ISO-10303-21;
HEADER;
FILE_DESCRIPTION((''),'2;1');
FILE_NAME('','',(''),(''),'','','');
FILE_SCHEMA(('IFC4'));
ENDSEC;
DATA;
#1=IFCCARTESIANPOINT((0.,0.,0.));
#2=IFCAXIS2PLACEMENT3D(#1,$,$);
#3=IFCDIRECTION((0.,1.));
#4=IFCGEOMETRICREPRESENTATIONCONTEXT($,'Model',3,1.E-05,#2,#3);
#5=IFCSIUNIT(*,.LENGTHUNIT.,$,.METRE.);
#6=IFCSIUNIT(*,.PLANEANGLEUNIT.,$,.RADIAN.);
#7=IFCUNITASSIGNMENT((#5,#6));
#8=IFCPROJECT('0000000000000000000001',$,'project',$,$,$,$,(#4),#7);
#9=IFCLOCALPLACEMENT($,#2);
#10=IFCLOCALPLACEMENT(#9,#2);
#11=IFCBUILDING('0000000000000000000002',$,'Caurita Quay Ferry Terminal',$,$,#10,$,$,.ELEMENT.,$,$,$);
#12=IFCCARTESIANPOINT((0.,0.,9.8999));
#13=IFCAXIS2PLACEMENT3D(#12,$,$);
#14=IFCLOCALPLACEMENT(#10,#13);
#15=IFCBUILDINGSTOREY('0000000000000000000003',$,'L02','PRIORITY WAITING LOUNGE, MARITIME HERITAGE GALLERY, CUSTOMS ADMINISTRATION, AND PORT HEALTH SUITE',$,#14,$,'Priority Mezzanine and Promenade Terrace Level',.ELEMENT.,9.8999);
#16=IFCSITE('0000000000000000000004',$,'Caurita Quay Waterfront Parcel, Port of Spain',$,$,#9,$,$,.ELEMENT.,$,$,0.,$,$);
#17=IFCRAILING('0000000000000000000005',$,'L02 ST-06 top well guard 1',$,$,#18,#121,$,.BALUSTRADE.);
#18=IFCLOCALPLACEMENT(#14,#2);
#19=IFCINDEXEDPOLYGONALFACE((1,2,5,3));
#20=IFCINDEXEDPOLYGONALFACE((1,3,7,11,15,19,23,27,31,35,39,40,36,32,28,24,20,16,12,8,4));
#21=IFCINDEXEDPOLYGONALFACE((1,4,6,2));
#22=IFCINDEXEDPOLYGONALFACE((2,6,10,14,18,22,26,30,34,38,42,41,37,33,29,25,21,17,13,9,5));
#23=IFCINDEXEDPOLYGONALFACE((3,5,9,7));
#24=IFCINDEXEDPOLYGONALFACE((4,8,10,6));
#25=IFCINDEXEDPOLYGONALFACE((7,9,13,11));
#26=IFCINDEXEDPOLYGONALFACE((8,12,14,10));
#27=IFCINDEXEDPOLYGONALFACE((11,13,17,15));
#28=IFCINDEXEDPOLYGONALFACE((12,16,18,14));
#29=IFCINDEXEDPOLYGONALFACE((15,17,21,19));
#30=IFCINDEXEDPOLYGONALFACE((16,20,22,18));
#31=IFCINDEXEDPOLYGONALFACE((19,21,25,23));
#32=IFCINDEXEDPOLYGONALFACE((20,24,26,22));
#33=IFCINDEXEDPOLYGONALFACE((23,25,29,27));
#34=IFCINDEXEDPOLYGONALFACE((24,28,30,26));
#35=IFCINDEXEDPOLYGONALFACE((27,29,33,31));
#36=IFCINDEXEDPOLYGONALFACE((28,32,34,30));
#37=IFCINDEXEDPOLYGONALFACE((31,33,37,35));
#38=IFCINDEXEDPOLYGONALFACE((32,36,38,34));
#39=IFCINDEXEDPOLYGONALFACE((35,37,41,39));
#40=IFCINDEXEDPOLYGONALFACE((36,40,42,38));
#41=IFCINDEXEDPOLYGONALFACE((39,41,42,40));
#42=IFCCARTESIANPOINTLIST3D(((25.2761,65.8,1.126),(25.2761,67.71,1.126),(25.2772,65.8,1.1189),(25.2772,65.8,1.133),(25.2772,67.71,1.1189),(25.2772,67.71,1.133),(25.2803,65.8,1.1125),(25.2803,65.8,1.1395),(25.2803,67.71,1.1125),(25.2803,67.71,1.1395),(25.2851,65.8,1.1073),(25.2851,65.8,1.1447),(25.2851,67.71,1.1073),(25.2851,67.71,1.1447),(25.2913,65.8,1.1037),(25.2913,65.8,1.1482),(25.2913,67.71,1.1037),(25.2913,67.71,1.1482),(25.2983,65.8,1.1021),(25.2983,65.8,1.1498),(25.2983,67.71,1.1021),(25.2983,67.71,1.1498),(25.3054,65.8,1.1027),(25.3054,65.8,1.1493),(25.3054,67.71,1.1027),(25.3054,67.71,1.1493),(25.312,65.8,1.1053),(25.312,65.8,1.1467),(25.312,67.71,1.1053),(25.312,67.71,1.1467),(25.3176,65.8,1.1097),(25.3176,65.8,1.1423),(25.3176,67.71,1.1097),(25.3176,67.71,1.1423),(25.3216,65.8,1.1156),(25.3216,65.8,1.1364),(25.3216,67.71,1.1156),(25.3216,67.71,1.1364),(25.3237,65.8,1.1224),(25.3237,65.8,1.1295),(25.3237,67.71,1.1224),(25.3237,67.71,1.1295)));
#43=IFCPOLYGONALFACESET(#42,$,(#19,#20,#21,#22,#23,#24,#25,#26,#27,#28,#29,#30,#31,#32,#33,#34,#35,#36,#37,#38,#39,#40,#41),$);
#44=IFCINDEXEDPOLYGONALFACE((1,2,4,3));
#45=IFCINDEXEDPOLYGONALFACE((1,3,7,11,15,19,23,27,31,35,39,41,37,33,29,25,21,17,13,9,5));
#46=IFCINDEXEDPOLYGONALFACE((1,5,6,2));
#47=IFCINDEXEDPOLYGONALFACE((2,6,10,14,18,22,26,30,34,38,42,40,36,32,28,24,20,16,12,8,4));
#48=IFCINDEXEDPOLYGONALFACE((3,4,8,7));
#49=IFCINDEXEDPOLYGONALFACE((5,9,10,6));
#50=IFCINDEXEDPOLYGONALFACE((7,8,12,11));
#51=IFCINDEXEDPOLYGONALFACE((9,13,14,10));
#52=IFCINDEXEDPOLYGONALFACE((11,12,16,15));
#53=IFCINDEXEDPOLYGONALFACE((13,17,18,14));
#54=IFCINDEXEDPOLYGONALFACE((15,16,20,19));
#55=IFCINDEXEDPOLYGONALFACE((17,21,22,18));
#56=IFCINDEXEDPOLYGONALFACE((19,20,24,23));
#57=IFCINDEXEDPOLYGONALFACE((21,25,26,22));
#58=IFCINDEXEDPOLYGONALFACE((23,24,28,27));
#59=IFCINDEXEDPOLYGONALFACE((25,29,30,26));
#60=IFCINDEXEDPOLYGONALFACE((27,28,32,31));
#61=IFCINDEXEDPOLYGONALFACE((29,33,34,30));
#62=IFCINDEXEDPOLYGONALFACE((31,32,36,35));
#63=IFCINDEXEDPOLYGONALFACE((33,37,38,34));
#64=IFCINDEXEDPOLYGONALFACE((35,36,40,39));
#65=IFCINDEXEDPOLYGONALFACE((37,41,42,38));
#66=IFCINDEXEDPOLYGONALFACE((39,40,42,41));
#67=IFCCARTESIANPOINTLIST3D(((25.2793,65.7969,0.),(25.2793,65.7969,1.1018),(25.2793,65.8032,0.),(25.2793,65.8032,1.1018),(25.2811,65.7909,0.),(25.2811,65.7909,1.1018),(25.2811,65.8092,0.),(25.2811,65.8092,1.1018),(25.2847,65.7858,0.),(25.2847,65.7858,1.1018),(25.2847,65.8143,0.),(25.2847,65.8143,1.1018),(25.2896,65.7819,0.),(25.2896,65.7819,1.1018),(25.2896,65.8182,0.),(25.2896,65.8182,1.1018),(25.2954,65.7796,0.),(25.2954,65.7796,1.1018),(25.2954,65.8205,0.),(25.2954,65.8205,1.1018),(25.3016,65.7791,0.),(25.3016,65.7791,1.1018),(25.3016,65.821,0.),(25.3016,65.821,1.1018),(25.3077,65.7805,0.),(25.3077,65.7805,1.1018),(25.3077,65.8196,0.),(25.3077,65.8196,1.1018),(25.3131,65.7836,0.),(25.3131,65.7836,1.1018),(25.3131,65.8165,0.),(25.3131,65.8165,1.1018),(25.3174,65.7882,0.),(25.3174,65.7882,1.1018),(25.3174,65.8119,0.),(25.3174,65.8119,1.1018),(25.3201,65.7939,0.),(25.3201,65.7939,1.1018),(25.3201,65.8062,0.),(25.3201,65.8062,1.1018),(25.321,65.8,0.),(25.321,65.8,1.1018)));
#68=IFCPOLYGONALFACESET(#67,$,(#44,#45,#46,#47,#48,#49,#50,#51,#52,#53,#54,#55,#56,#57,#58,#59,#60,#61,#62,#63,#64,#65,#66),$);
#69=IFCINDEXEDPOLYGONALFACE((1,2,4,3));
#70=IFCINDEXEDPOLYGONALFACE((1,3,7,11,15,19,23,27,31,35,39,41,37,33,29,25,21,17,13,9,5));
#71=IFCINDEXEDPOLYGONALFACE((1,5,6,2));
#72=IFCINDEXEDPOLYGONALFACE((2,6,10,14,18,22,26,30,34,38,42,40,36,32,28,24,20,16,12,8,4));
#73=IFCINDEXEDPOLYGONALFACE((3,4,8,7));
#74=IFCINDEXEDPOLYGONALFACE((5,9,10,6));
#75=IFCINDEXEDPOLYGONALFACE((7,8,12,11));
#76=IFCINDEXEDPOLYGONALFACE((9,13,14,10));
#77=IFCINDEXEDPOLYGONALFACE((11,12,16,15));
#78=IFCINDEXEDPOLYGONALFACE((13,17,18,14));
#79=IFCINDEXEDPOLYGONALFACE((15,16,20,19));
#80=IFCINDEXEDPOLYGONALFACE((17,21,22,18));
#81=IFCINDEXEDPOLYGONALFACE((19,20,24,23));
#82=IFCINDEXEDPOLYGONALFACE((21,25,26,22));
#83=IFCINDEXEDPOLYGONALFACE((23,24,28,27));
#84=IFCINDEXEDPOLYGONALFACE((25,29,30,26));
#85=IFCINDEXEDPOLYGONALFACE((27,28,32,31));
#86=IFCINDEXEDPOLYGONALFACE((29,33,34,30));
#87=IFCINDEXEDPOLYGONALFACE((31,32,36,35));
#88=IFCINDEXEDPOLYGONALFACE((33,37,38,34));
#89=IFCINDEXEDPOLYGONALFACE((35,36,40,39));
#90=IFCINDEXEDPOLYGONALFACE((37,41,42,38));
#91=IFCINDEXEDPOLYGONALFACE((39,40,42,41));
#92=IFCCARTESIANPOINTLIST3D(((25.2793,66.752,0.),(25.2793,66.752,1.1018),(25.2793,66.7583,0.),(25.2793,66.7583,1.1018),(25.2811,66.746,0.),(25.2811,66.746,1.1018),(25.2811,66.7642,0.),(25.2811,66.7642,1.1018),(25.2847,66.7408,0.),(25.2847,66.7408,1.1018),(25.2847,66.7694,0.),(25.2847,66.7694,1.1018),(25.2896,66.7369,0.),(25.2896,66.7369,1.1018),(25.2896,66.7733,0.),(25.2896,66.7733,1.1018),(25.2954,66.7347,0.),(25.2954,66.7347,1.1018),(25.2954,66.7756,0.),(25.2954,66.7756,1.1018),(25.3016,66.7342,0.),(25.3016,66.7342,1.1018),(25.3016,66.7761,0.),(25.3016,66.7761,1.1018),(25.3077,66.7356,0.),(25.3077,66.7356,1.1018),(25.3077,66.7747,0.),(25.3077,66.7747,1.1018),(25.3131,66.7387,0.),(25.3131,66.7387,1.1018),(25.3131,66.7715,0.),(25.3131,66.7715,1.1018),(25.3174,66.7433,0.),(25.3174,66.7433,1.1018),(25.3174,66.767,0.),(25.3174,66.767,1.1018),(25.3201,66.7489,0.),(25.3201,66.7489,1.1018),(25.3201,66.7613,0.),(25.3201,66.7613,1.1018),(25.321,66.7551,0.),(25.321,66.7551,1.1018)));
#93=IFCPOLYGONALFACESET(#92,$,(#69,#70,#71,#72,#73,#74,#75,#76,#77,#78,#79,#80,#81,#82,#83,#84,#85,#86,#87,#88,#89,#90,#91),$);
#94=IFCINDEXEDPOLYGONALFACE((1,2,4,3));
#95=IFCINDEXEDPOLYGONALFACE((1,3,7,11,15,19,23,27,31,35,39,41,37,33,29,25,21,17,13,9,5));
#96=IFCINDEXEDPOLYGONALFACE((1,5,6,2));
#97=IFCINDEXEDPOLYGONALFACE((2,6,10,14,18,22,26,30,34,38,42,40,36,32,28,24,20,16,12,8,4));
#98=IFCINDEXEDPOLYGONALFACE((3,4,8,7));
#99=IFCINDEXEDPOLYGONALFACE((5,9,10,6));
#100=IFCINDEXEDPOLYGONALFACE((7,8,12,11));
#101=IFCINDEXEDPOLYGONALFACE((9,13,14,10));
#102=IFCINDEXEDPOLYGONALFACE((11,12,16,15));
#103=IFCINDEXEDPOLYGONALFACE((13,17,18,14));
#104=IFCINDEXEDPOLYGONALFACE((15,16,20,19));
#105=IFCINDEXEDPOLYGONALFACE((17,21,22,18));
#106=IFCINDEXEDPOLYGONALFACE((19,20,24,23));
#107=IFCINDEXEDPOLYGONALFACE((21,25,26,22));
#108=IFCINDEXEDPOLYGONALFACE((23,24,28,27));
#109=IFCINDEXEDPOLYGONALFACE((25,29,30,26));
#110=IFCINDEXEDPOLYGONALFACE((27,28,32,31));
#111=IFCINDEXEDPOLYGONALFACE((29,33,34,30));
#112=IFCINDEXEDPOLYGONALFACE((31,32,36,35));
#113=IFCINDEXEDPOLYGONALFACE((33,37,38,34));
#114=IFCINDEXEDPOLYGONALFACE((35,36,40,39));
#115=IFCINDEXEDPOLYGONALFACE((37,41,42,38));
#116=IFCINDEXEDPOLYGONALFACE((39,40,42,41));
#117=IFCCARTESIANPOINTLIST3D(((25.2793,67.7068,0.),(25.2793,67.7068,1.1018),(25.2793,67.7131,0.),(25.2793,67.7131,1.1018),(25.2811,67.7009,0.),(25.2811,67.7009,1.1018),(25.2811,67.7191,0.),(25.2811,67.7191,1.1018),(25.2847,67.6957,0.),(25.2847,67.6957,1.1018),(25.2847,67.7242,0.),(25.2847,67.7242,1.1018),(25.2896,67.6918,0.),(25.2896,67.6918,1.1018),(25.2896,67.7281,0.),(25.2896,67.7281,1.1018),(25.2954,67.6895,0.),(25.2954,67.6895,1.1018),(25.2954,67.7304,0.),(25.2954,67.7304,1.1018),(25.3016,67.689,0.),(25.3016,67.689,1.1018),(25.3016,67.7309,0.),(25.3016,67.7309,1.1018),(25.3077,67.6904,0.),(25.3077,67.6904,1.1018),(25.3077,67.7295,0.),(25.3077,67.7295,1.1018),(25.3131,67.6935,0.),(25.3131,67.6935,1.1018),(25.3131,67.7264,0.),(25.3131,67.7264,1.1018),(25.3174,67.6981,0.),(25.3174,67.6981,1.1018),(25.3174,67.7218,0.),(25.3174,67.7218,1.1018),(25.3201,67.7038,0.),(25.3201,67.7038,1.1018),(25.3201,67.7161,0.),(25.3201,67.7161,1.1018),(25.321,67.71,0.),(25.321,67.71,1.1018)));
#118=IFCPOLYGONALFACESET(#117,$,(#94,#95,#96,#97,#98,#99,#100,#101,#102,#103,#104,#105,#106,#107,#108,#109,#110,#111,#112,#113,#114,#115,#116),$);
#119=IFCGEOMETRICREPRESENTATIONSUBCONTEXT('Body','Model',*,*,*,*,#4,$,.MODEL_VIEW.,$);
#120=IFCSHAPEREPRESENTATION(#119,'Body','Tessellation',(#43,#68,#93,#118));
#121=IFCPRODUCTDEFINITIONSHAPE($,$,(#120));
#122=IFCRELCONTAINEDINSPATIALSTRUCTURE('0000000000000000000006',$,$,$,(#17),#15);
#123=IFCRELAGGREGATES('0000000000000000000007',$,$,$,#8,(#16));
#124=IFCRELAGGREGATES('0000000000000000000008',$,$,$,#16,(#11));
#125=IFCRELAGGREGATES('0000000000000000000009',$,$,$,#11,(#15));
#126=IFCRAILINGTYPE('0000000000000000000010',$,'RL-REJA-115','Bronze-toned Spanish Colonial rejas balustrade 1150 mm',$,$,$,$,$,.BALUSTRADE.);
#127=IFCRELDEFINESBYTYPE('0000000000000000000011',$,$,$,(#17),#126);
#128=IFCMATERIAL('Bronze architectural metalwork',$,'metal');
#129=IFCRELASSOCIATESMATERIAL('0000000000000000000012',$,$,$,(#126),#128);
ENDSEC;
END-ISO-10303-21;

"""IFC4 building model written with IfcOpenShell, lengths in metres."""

from ifc_helpers import new_model, si_unit, direction, frame, origin, origin_2d, place, context, subcontext, project, spatial, circle, extrude, material, type_object, element, save


model = new_model("IFC4")

# Units and contexts
model_context = context("Model", 3, precision=1e-05, world=origin(), true_north=direction((0.0, 1.0)))
body_context = subcontext(model_context, "Body", "Model", "MODEL_VIEW")
ifc_project = project(units=[si_unit("LENGTHUNIT", "METRE"), si_unit("PLANEANGLEUNIT", "RADIAN")], contexts=[model_context])

# Site, building, storey
site_placement = place(None, origin())
site = spatial("IfcSite", under=ifc_project, at=site_placement, Name="Caurita Quay Waterfront Parcel, Port of Spain", CompositionType="ELEMENT", RefElevation=0.0)
building_placement = place(site_placement, origin())
building = spatial("IfcBuilding", under=site, at=building_placement, Name="Caurita Quay Ferry Terminal", CompositionType="ELEMENT")
storey_placement = place(building_placement, frame((0.0, 0.0, 9.8999)))
storey = spatial("IfcBuildingStorey", under=building, at=storey_placement, Name="L02", Description="PRIORITY WAITING LOUNGE, MARITIME HERITAGE GALLERY, CUSTOMS ADMINISTRATION, AND PORT HEALTH SUITE", LongName="Priority Mezzanine and Promenade Terrace Level", CompositionType="ELEMENT", Elevation=9.8999)

# Shared definitions
ifc_material_1 = material(Name="Bronze architectural metalwork", Category="metal")

# Railing
railing_type = type_object("IfcRailingType", Name="RL-REJA-115", Description="Bronze-toned Spanish Colonial rejas balustrade 1150 mm", PredefinedType="BALUSTRADE", material=ifc_material_1)
railing_1_placement = place(storey_placement, frame((25.3, 65.8, 0.0)))
element("IfcRailing", 1, at=railing_1_placement, inside=storey, type_object=railing_type, Name="L02 ST-06 top well guard 1", PredefinedType="BALUSTRADE", context=body_context, shape_type="SweptSolid", body=[
    extrude(circle(Radius=0.0239, at=origin_2d()), frame((0.0, 0.0, 1.126), z_axis=(0.0, 1.0, 0.0), x_axis=(-1.0, 0.0, 0.0)), (0.0, 0.0, 1.0), 1.9099),
    extrude(circle(Radius=0.021, at=origin_2d()), origin(), (0.0, 0.0, 1.0), 1.1018),
    extrude(circle(Radius=0.021, at=origin_2d()), frame((0.0, 0.9551, 0.0)), (0.0, 0.0, 1.0), 1.1018),
    extrude(circle(Radius=0.021, at=origin_2d()), frame((0.0, 1.9099, 0.0)), (0.0, 0.0, 1.0), 1.1018),
])

save(model, "model.ifc")
